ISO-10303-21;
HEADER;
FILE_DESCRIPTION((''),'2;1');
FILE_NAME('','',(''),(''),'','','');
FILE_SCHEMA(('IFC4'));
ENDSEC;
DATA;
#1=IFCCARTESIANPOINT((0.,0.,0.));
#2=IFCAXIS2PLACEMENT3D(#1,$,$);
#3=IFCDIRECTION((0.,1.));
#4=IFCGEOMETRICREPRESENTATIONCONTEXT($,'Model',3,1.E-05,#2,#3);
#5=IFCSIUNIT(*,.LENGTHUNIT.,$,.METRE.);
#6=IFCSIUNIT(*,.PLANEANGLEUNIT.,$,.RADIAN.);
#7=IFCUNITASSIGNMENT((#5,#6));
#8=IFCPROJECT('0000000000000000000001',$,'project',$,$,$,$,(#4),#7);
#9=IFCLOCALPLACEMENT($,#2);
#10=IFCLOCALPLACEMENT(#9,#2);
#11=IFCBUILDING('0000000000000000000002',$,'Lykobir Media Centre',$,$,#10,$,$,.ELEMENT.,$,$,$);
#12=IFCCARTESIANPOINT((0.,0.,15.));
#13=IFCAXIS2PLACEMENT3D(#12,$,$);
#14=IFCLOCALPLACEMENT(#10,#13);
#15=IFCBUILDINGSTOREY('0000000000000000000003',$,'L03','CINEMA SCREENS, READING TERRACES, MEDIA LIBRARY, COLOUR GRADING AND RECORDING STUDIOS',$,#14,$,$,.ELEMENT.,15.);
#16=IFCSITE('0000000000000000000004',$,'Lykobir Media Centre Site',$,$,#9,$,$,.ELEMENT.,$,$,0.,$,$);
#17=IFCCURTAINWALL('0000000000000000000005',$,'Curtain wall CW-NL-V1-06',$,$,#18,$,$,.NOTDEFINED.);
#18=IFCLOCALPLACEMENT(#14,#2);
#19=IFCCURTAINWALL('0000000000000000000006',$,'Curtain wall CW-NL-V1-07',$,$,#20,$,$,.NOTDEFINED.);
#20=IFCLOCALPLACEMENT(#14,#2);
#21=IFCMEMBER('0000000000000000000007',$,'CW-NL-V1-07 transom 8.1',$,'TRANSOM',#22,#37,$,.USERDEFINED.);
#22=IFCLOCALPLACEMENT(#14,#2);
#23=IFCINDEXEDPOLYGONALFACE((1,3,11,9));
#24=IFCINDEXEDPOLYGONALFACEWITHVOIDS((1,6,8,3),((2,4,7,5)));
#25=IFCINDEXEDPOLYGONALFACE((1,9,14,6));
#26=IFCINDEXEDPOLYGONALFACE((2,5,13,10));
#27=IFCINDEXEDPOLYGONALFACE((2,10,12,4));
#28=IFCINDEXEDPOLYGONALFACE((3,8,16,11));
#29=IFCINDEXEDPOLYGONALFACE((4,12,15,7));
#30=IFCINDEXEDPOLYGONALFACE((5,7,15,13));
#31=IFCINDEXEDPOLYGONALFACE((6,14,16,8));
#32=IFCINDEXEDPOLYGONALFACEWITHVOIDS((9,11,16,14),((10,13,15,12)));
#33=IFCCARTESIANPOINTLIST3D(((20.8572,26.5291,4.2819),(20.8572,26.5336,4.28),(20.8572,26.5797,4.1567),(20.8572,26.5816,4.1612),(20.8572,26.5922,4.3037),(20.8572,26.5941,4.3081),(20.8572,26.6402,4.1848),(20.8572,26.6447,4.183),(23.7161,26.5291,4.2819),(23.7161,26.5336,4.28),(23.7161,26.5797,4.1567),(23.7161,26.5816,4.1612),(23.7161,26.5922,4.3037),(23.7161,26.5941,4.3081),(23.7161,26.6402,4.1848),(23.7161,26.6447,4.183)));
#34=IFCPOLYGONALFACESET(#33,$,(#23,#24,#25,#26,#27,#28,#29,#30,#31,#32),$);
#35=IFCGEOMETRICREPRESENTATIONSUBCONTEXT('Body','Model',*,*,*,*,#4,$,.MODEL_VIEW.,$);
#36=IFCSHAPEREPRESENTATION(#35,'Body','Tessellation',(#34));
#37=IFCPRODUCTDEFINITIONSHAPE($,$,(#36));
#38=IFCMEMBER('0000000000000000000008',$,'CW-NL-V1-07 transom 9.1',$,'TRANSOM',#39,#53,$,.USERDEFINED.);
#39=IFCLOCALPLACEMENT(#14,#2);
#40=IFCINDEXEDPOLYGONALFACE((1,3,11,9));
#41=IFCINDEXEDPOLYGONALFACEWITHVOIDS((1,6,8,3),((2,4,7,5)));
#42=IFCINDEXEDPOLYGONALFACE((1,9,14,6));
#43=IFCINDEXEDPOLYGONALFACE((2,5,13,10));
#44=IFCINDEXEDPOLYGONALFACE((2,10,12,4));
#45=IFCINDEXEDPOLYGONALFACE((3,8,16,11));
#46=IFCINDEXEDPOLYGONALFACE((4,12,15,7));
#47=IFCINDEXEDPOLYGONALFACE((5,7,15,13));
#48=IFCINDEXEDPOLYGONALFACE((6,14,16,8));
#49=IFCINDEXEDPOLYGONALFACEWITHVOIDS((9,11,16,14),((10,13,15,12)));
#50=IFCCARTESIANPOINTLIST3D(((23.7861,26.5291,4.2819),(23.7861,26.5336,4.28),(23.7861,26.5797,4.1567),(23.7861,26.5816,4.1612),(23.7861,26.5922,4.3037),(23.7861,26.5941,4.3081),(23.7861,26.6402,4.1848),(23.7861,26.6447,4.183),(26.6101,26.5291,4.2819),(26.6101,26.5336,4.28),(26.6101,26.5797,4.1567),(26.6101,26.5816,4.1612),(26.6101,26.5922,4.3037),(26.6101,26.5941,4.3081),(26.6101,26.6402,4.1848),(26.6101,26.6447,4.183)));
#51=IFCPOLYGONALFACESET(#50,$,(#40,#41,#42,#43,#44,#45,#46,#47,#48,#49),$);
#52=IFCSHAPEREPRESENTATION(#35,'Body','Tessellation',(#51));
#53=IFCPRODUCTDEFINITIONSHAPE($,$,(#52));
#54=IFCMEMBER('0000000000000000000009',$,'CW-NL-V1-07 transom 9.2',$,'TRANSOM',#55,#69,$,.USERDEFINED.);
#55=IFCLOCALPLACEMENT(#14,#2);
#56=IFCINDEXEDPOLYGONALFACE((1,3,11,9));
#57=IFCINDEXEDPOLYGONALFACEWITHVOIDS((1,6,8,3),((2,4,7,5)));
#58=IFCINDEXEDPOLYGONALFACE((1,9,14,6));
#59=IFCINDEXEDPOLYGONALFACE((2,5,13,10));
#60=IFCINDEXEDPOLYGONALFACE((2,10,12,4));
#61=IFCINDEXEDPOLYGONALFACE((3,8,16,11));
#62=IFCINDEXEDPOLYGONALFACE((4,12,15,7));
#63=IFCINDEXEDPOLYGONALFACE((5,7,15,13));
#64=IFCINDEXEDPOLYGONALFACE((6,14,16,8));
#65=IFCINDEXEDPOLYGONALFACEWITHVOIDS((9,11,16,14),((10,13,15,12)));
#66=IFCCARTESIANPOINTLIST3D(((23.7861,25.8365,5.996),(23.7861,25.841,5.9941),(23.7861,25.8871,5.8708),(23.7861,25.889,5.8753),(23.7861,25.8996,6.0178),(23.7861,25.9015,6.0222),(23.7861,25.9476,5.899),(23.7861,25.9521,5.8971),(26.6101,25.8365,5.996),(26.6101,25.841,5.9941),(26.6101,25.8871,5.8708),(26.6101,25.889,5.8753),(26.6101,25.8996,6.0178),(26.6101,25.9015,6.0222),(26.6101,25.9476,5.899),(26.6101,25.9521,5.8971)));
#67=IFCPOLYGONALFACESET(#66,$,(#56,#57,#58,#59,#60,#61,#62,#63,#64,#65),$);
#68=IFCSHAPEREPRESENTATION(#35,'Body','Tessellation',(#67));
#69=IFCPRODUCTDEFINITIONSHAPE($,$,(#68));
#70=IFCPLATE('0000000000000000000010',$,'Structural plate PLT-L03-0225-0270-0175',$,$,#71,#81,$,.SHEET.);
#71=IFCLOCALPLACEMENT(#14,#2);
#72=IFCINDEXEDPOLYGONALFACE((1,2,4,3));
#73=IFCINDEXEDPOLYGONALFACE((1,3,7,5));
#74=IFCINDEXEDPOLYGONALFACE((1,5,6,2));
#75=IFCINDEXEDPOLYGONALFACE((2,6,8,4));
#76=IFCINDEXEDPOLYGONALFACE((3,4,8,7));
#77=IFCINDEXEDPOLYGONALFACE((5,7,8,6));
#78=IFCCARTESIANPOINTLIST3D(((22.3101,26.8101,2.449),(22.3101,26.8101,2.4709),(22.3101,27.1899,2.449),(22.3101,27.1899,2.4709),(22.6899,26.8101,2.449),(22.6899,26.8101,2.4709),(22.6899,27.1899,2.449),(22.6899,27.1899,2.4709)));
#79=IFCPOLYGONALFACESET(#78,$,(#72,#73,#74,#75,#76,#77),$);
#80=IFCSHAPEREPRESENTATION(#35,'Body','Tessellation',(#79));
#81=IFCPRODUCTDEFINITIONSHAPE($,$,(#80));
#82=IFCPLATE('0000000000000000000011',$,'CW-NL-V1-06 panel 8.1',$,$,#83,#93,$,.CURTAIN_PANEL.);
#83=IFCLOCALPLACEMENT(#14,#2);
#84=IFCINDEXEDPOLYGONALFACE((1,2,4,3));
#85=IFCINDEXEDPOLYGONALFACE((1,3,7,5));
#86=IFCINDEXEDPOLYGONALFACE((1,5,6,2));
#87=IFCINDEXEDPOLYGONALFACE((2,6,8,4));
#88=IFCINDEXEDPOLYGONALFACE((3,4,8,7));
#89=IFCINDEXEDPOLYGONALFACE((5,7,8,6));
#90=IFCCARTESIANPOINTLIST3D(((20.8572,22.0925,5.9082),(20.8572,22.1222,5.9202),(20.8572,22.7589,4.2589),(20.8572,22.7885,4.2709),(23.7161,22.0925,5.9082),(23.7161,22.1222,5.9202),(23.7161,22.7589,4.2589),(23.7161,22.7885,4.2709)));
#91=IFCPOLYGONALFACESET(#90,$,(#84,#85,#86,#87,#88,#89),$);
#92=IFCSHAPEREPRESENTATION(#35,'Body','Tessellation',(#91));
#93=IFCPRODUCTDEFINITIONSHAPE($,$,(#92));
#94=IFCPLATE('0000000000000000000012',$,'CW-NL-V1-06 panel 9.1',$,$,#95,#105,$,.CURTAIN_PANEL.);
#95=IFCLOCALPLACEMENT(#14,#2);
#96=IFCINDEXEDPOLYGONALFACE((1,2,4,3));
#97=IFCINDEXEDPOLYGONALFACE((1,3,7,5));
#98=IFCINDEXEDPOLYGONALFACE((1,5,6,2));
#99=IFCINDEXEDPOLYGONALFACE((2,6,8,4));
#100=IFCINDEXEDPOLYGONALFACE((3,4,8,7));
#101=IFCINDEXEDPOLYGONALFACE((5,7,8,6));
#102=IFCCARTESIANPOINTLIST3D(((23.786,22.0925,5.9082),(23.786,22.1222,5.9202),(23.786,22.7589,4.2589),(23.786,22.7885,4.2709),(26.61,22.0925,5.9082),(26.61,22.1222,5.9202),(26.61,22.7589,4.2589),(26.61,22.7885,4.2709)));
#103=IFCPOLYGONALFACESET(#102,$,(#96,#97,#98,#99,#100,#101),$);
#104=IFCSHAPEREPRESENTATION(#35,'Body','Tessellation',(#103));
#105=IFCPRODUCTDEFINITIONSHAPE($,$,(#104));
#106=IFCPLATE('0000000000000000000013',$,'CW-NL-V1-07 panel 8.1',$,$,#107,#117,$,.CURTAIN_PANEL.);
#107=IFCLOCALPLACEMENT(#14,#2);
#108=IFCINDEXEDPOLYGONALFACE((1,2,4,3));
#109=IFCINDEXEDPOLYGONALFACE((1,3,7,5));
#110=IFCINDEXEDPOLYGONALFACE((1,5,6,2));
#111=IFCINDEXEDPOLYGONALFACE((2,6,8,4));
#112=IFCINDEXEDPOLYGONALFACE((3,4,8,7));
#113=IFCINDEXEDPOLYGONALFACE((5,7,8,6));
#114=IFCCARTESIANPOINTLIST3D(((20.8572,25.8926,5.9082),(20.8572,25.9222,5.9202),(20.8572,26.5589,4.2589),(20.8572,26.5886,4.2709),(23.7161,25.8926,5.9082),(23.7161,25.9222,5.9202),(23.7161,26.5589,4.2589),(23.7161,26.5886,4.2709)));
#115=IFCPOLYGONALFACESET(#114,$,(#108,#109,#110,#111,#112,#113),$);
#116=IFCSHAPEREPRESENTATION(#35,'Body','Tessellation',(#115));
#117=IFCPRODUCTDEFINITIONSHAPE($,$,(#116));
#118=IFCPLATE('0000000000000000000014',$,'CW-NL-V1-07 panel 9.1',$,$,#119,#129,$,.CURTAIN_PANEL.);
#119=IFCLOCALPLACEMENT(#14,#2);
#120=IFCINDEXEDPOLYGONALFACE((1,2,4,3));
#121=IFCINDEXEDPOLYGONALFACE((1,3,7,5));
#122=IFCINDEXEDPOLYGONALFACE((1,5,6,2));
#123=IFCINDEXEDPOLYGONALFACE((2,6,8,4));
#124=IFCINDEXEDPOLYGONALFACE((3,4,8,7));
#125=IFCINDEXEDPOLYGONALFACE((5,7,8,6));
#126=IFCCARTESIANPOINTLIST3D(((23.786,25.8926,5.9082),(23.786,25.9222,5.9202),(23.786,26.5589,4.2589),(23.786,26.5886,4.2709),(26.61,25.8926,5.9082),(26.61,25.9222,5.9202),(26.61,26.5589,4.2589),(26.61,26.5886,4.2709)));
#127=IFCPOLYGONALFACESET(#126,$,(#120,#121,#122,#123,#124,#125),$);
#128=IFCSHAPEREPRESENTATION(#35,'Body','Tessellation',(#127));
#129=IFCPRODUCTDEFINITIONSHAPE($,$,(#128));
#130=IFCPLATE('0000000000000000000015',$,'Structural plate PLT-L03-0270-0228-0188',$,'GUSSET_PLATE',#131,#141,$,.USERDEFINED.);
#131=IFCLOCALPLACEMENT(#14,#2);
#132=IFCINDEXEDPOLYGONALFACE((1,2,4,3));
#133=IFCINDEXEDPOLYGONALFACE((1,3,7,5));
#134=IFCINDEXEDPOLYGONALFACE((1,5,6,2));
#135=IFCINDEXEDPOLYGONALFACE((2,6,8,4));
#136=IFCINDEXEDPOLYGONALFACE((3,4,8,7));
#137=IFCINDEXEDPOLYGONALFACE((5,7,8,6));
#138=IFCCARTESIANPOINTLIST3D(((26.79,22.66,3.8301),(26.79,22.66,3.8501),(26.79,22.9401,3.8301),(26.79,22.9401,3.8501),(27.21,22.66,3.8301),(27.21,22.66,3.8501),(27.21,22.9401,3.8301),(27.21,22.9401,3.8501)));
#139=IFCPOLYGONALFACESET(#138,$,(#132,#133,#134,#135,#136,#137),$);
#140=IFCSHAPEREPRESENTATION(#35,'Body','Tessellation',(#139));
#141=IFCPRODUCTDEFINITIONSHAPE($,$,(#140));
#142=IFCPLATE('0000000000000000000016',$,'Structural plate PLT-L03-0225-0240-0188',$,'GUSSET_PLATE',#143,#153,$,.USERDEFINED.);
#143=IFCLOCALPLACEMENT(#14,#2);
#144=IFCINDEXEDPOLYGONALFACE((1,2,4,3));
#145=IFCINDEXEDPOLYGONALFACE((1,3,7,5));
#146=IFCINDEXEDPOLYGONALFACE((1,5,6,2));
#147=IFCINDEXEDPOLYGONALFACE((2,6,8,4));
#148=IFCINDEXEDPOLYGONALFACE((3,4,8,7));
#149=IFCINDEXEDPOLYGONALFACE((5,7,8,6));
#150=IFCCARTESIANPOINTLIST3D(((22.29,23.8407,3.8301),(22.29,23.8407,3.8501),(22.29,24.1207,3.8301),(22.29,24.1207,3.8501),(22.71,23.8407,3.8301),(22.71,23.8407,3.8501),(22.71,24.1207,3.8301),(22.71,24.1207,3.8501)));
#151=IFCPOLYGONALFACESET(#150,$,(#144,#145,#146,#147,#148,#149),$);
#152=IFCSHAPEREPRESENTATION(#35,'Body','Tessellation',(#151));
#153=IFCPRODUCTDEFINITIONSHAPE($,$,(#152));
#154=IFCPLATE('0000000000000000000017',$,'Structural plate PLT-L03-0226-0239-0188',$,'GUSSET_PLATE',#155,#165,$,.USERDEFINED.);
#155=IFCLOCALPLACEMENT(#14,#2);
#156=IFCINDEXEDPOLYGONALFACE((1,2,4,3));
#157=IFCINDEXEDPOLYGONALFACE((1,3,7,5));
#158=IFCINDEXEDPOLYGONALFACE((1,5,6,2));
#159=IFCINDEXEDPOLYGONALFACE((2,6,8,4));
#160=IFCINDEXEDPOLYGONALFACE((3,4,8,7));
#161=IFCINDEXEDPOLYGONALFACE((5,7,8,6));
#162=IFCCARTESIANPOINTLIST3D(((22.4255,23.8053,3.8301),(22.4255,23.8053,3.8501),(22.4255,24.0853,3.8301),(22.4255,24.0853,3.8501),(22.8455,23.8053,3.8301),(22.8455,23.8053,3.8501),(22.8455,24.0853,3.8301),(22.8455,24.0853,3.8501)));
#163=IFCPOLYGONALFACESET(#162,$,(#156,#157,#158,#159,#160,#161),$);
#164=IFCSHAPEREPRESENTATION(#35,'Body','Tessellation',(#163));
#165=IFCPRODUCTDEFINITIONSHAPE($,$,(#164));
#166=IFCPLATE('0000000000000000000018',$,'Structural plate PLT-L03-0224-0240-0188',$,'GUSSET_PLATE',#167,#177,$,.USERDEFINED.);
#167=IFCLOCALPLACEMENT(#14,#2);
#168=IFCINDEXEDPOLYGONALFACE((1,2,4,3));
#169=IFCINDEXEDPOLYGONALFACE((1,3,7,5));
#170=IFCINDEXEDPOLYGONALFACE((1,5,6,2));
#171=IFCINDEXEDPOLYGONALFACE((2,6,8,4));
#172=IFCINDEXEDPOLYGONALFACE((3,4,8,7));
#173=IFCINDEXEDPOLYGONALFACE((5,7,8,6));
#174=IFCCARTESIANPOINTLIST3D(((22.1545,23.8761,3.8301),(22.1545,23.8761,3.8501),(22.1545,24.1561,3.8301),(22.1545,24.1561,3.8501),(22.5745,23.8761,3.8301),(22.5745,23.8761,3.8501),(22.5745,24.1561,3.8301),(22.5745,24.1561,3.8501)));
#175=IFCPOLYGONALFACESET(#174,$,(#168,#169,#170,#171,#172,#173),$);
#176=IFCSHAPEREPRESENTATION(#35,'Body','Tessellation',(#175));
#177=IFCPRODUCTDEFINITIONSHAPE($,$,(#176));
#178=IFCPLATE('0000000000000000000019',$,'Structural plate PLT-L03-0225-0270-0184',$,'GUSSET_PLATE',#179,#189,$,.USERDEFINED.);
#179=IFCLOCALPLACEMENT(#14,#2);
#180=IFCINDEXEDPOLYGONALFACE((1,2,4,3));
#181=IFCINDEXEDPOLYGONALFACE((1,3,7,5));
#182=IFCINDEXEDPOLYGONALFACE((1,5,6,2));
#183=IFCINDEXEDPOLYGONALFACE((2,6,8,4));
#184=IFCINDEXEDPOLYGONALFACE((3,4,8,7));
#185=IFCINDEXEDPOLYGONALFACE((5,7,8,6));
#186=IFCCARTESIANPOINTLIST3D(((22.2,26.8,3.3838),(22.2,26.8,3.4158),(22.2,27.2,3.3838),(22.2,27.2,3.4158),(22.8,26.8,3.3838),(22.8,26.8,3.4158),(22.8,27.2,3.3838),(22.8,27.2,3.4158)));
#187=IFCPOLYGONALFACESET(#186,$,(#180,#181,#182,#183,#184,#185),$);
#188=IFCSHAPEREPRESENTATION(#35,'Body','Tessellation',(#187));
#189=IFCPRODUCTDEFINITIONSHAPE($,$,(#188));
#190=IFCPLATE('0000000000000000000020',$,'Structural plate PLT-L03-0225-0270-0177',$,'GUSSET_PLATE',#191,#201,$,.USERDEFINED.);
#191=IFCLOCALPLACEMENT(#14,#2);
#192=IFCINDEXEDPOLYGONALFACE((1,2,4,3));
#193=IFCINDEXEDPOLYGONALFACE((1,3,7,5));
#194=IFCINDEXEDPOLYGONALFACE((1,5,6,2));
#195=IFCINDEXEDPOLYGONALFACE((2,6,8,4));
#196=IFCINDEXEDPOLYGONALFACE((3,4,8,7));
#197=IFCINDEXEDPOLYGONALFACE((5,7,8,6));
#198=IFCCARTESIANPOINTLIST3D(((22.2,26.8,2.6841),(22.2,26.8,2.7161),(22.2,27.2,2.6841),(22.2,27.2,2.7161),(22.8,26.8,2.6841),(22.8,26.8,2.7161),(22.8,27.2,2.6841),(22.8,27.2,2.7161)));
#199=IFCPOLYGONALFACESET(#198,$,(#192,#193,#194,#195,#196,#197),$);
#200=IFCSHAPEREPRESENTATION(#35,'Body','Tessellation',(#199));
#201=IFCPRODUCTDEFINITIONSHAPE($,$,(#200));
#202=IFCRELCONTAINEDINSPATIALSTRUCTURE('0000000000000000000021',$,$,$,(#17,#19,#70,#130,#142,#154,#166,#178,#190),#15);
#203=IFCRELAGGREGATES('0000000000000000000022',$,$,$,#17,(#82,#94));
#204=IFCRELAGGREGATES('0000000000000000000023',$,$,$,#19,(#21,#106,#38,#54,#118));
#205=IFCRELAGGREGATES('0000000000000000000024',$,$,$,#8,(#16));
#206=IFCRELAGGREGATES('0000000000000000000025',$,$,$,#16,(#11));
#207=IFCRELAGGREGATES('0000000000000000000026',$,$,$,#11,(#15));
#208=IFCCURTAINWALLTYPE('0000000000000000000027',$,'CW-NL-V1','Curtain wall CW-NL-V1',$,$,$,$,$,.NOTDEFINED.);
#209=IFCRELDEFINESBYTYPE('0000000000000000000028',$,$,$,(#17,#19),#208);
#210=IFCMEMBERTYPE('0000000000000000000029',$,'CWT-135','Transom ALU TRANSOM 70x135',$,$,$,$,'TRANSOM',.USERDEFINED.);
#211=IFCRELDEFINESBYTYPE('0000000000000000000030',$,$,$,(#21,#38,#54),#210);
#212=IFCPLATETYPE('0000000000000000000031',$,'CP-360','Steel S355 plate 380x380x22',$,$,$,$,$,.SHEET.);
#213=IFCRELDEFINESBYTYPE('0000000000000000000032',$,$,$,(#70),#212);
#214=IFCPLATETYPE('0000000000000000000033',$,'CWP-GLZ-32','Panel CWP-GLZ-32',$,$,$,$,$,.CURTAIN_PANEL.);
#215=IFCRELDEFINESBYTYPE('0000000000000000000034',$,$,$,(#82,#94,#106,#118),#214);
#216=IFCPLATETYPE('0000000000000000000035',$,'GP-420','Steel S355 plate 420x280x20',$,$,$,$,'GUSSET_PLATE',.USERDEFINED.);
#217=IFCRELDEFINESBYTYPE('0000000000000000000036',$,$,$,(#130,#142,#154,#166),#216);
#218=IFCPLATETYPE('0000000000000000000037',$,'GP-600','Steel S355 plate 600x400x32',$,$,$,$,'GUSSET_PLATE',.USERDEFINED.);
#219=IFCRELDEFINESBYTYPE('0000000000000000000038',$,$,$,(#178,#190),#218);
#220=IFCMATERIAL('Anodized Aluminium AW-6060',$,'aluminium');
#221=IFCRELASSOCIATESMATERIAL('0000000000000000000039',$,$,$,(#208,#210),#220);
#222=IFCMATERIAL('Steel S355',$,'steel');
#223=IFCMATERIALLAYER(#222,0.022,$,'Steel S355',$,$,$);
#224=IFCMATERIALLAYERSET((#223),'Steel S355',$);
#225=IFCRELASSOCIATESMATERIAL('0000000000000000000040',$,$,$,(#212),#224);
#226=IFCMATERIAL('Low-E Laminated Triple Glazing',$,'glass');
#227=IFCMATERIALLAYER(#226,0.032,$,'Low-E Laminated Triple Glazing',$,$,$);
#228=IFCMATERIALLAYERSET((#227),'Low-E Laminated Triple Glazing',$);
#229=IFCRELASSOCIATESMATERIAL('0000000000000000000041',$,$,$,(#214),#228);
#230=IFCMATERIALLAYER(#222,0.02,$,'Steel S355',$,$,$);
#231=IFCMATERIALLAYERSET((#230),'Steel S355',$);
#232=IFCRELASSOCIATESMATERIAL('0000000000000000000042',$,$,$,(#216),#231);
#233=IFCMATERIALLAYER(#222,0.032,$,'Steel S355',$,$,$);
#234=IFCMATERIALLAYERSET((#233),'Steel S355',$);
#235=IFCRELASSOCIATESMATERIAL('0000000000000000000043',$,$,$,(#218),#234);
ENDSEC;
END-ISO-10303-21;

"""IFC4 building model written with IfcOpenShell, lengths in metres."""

from ifc_helpers import new_model, si_unit, direction, frame, origin, origin_2d, place, context, subcontext, project, spatial, rectangle, hollow_rectangle, extrude, material, layer, layer_set, material_profile, profile_set, type_object, element, aggregate, save


model = new_model("IFC4")

# Units and contexts
model_context = context("Model", 3, precision=1e-05, world=origin(), true_north=direction((0.0, 1.0)))
body_context = subcontext(model_context, "Body", "Model", "MODEL_VIEW")
ifc_project = project(units=[si_unit("LENGTHUNIT", "METRE"), si_unit("PLANEANGLEUNIT", "RADIAN")], contexts=[model_context])

# Site, building, storey
site_placement = place(None, origin())
site = spatial("IfcSite", under=ifc_project, at=site_placement, Name="Lykobir Media Centre Site", CompositionType="ELEMENT", RefElevation=0.0)
building_placement = place(site_placement, origin())
building = spatial("IfcBuilding", under=site, at=building_placement, Name="Lykobir Media Centre", CompositionType="ELEMENT")
storey_placement = place(building_placement, frame((0.0, 0.0, 15.0)))
storey = spatial("IfcBuildingStorey", under=building, at=storey_placement, Name="L03", Description="CINEMA SCREENS, READING TERRACES, MEDIA LIBRARY, COLOUR GRADING AND RECORDING STUDIOS", CompositionType="ELEMENT", Elevation=15.0)

# Shared definitions
ifc_material_1 = material(Name="Steel S355", Category="steel")

# Curtain walls
ifc_material_2 = material(Name="Anodized Aluminium AW-6060", Category="aluminium")
curtain_wall_type = type_object("IfcCurtainWallType", Name="CW-NL-V1", Description="Curtain wall CW-NL-V1", PredefinedType="NOTDEFINED", material=ifc_material_2)
curtain_wall_1_placement = place(storey_placement, origin())
curtain_wall_1 = element("IfcCurtainWall", 1, at=curtain_wall_1_placement, inside=storey, type_object=curtain_wall_type, Name="Curtain wall CW-NL-V1-06", PredefinedType="NOTDEFINED")
curtain_wall_2_placement = place(storey_placement, origin())
curtain_wall_2 = element("IfcCurtainWall", 2, at=curtain_wall_2_placement, inside=storey, type_object=curtain_wall_type, Name="Curtain wall CW-NL-V1-07", PredefinedType="NOTDEFINED")

# Members
ifc_material_profile_1 = material_profile(ifc_material_2, hollow_rectangle(XDim=0.0701, YDim=0.135, WallThickness=0.0034, at=origin_2d()), Name="ALU TRANSOM 70x135")
ifc_profile_set_1 = profile_set([ifc_material_profile_1], Name="Anodized Aluminium AW-6060")
member_type_1 = type_object("IfcMemberType", Name="CWT-135", Description="Transom ALU TRANSOM 70x135", ElementType="TRANSOM", PredefinedType="USERDEFINED", material=ifc_profile_set_1)
member_1_placement = place(storey_placement, frame((20.8572, 26.5869, 4.2324), z_axis=(1.0, 0.0, 0.0), x_axis=(0.0, 0.927184, 0.374607)))
member_1 = element("IfcMember", 3, at=member_1_placement, type_object=member_type_1, Name="CW-NL-V1-07 transom 8.1", ObjectType="TRANSOM", PredefinedType="USERDEFINED", context=body_context, shape_type="SweptSolid", body=[
    extrude(hollow_rectangle(XDim=0.0701, YDim=0.135, WallThickness=0.0034, at=origin_2d()), origin(), (0.0, 0.0, 1.0), 2.8589),
])
member_2_placement = place(storey_placement, frame((23.7861, 26.5869, 4.2324), z_axis=(1.0, 0.0, 0.0), x_axis=(0.0, 0.927184, 0.374607)))
member_2 = element("IfcMember", 4, at=member_2_placement, type_object=member_type_1, Name="CW-NL-V1-07 transom 9.1", ObjectType="TRANSOM", PredefinedType="USERDEFINED", context=body_context, shape_type="SweptSolid", body=[
    extrude(hollow_rectangle(XDim=0.0701, YDim=0.135, WallThickness=0.0034, at=origin_2d()), origin(), (0.0, 0.0, 1.0), 2.824),
])
member_3_placement = place(storey_placement, frame((23.7861, 25.8943, 5.9465), z_axis=(1.0, 0.0, 0.0), x_axis=(0.0, 0.927184, 0.374607)))
member_3 = element("IfcMember", 5, at=member_3_placement, type_object=member_type_1, Name="CW-NL-V1-07 transom 9.2", ObjectType="TRANSOM", PredefinedType="USERDEFINED", context=body_context, shape_type="SweptSolid", body=[
    extrude(hollow_rectangle(XDim=0.0701, YDim=0.135, WallThickness=0.0034, at=origin_2d()), origin(), (0.0, 0.0, 1.0), 2.824),
])

# Plates
ifc_layer_1 = layer(ifc_material_1, 0.022, Name="Steel S355")
ifc_layer_set_1 = layer_set([ifc_layer_1], Name="Steel S355")
plate_type_1 = type_object("IfcPlateType", Name="CP-360", Description="Steel S355 plate 380x380x22", PredefinedType="SHEET", material=ifc_layer_set_1)
plate_1_placement = place(storey_placement, frame((22.5, 27.0, 2.449), z_axis=(0.0, 0.0, 1.0), x_axis=(1.0, 0.0, 0.0)))
element("IfcPlate", 6, at=plate_1_placement, inside=storey, type_object=plate_type_1, Name="Structural plate PLT-L03-0225-0270-0175", PredefinedType="SHEET", context=body_context, shape_type="SweptSolid", body=[
    extrude(rectangle(XDim=0.3799, YDim=0.3799, at=origin_2d()), origin(), (0.0, 0.0, 1.0), 0.022),
])
ifc_material_3 = material(Name="Low-E Laminated Triple Glazing", Category="glass")
ifc_layer_2 = layer(ifc_material_3, 0.032, Name="Low-E Laminated Triple Glazing")
ifc_layer_set_2 = layer_set([ifc_layer_2], Name="Low-E Laminated Triple Glazing")
plate_type_2 = type_object("IfcPlateType", Name="CWP-GLZ-32", Description="Panel CWP-GLZ-32", PredefinedType="CURTAIN_PANEL", material=ifc_layer_set_2)
plate_2_placement = place(storey_placement, frame((22.2866, 22.7737, 4.2649), z_axis=(0.0, -0.374607, 0.927184), x_axis=(1.0, 0.0, 0.0)))
plate_2 = element("IfcPlate", 7, at=plate_2_placement, type_object=plate_type_2, Name="CW-NL-V1-06 panel 8.1", PredefinedType="CURTAIN_PANEL", context=body_context, shape_type="SweptSolid", body=[
    extrude(rectangle(XDim=2.8589, YDim=0.032, at=origin_2d()), origin(), (0.0, 0.0, 1.0), 1.7788),
])
plate_3_placement = place(storey_placement, frame((25.198, 22.7737, 4.2649), z_axis=(0.0, -0.374607, 0.927184), x_axis=(1.0, 0.0, 0.0)))
plate_3 = element("IfcPlate", 8, at=plate_3_placement, type_object=plate_type_2, Name="CW-NL-V1-06 panel 9.1", PredefinedType="CURTAIN_PANEL", context=body_context, shape_type="SweptSolid", body=[
    extrude(rectangle(XDim=2.824, YDim=0.032, at=origin_2d()), origin(), (0.0, 0.0, 1.0), 1.7788),
])
aggregate(curtain_wall_1, [plate_2, plate_3])
plate_4_placement = place(storey_placement, frame((22.2866, 26.5737, 4.2649), z_axis=(0.0, -0.374607, 0.927184), x_axis=(1.0, 0.0, 0.0)))
plate_4 = element("IfcPlate", 9, at=plate_4_placement, type_object=plate_type_2, Name="CW-NL-V1-07 panel 8.1", PredefinedType="CURTAIN_PANEL", context=body_context, shape_type="SweptSolid", body=[
    extrude(rectangle(XDim=2.8589, YDim=0.032, at=origin_2d()), origin(), (0.0, 0.0, 1.0), 1.7788),
])
plate_5_placement = place(storey_placement, frame((25.198, 26.5737, 4.2649), z_axis=(0.0, -0.374607, 0.927184), x_axis=(1.0, 0.0, 0.0)))
plate_5 = element("IfcPlate", 10, at=plate_5_placement, type_object=plate_type_2, Name="CW-NL-V1-07 panel 9.1", PredefinedType="CURTAIN_PANEL", context=body_context, shape_type="SweptSolid", body=[
    extrude(rectangle(XDim=2.824, YDim=0.032, at=origin_2d()), origin(), (0.0, 0.0, 1.0), 1.7788),
])
aggregate(curtain_wall_2, [member_1, plate_4, member_2, member_3, plate_5])

# Plates
ifc_layer_3 = layer(ifc_material_1, 0.02, Name="Steel S355")
ifc_layer_set_3 = layer_set([ifc_layer_3], Name="Steel S355")
plate_type_3 = type_object("IfcPlateType", Name="GP-420", Description="Steel S355 plate 420x280x20", ElementType="GUSSET_PLATE", PredefinedType="USERDEFINED", material=ifc_layer_set_3)
for number, where, z_axis, x_axis, name in (
    (11, (27.0, 22.8, 3.8301), (0.0, 0.0, 1.0), (1.0, 0.0, 0.0), "Structural plate PLT-L03-0270-0228-0188"),
    (12, (22.5, 23.9807, 3.8301), (0.0, 0.0, 1.0), (1.0, 0.0, 0.0), "Structural plate PLT-L03-0225-0240-0188"),
    (13, (22.6355, 23.9453, 3.8301), (0.0, 0.0, 1.0), (1.0, 0.0, 0.0), "Structural plate PLT-L03-0226-0239-0188"),
    (14, (22.3645, 24.0161, 3.8301), (0.0, 0.0, 1.0), (1.0, 0.0, 0.0), "Structural plate PLT-L03-0224-0240-0188"),
):
    element("IfcPlate", number, at=place(storey_placement, frame(where, z_axis=z_axis, x_axis=x_axis)), inside=storey, type_object=plate_type_3, Name=name, ObjectType="GUSSET_PLATE", PredefinedType="USERDEFINED", context=body_context, shape_type="SweptSolid", body=[
        extrude(rectangle(XDim=0.4199, YDim=0.28, at=origin_2d()), origin(), (0.0, 0.0, 1.0), 0.02),
    ])
ifc_layer_4 = layer(ifc_material_1, 0.032, Name="Steel S355")
ifc_layer_set_4 = layer_set([ifc_layer_4], Name="Steel S355")
plate_type_4 = type_object("IfcPlateType", Name="GP-600", Description="Steel S355 plate 600x400x32", ElementType="GUSSET_PLATE", PredefinedType="USERDEFINED", material=ifc_layer_set_4)
for number, where, z_axis, x_axis, name in (
    (15, (22.5, 27.0, 3.3838), (0.0, 0.0, 1.0), (1.0, 0.0, 0.0), "Structural plate PLT-L03-0225-0270-0184"),
    (16, (22.5, 27.0, 2.6841), (0.0, 0.0, 1.0), (1.0, 0.0, 0.0), "Structural plate PLT-L03-0225-0270-0177"),
):
    element("IfcPlate", number, at=place(storey_placement, frame(where, z_axis=z_axis, x_axis=x_axis)), inside=storey, type_object=plate_type_4, Name=name, ObjectType="GUSSET_PLATE", PredefinedType="USERDEFINED", context=body_context, shape_type="SweptSolid", body=[
        extrude(rectangle(XDim=0.6001, YDim=0.3999, at=origin_2d()), origin(), (0.0, 0.0, 1.0), 0.032),
    ])

save(model, "model.ifc")
